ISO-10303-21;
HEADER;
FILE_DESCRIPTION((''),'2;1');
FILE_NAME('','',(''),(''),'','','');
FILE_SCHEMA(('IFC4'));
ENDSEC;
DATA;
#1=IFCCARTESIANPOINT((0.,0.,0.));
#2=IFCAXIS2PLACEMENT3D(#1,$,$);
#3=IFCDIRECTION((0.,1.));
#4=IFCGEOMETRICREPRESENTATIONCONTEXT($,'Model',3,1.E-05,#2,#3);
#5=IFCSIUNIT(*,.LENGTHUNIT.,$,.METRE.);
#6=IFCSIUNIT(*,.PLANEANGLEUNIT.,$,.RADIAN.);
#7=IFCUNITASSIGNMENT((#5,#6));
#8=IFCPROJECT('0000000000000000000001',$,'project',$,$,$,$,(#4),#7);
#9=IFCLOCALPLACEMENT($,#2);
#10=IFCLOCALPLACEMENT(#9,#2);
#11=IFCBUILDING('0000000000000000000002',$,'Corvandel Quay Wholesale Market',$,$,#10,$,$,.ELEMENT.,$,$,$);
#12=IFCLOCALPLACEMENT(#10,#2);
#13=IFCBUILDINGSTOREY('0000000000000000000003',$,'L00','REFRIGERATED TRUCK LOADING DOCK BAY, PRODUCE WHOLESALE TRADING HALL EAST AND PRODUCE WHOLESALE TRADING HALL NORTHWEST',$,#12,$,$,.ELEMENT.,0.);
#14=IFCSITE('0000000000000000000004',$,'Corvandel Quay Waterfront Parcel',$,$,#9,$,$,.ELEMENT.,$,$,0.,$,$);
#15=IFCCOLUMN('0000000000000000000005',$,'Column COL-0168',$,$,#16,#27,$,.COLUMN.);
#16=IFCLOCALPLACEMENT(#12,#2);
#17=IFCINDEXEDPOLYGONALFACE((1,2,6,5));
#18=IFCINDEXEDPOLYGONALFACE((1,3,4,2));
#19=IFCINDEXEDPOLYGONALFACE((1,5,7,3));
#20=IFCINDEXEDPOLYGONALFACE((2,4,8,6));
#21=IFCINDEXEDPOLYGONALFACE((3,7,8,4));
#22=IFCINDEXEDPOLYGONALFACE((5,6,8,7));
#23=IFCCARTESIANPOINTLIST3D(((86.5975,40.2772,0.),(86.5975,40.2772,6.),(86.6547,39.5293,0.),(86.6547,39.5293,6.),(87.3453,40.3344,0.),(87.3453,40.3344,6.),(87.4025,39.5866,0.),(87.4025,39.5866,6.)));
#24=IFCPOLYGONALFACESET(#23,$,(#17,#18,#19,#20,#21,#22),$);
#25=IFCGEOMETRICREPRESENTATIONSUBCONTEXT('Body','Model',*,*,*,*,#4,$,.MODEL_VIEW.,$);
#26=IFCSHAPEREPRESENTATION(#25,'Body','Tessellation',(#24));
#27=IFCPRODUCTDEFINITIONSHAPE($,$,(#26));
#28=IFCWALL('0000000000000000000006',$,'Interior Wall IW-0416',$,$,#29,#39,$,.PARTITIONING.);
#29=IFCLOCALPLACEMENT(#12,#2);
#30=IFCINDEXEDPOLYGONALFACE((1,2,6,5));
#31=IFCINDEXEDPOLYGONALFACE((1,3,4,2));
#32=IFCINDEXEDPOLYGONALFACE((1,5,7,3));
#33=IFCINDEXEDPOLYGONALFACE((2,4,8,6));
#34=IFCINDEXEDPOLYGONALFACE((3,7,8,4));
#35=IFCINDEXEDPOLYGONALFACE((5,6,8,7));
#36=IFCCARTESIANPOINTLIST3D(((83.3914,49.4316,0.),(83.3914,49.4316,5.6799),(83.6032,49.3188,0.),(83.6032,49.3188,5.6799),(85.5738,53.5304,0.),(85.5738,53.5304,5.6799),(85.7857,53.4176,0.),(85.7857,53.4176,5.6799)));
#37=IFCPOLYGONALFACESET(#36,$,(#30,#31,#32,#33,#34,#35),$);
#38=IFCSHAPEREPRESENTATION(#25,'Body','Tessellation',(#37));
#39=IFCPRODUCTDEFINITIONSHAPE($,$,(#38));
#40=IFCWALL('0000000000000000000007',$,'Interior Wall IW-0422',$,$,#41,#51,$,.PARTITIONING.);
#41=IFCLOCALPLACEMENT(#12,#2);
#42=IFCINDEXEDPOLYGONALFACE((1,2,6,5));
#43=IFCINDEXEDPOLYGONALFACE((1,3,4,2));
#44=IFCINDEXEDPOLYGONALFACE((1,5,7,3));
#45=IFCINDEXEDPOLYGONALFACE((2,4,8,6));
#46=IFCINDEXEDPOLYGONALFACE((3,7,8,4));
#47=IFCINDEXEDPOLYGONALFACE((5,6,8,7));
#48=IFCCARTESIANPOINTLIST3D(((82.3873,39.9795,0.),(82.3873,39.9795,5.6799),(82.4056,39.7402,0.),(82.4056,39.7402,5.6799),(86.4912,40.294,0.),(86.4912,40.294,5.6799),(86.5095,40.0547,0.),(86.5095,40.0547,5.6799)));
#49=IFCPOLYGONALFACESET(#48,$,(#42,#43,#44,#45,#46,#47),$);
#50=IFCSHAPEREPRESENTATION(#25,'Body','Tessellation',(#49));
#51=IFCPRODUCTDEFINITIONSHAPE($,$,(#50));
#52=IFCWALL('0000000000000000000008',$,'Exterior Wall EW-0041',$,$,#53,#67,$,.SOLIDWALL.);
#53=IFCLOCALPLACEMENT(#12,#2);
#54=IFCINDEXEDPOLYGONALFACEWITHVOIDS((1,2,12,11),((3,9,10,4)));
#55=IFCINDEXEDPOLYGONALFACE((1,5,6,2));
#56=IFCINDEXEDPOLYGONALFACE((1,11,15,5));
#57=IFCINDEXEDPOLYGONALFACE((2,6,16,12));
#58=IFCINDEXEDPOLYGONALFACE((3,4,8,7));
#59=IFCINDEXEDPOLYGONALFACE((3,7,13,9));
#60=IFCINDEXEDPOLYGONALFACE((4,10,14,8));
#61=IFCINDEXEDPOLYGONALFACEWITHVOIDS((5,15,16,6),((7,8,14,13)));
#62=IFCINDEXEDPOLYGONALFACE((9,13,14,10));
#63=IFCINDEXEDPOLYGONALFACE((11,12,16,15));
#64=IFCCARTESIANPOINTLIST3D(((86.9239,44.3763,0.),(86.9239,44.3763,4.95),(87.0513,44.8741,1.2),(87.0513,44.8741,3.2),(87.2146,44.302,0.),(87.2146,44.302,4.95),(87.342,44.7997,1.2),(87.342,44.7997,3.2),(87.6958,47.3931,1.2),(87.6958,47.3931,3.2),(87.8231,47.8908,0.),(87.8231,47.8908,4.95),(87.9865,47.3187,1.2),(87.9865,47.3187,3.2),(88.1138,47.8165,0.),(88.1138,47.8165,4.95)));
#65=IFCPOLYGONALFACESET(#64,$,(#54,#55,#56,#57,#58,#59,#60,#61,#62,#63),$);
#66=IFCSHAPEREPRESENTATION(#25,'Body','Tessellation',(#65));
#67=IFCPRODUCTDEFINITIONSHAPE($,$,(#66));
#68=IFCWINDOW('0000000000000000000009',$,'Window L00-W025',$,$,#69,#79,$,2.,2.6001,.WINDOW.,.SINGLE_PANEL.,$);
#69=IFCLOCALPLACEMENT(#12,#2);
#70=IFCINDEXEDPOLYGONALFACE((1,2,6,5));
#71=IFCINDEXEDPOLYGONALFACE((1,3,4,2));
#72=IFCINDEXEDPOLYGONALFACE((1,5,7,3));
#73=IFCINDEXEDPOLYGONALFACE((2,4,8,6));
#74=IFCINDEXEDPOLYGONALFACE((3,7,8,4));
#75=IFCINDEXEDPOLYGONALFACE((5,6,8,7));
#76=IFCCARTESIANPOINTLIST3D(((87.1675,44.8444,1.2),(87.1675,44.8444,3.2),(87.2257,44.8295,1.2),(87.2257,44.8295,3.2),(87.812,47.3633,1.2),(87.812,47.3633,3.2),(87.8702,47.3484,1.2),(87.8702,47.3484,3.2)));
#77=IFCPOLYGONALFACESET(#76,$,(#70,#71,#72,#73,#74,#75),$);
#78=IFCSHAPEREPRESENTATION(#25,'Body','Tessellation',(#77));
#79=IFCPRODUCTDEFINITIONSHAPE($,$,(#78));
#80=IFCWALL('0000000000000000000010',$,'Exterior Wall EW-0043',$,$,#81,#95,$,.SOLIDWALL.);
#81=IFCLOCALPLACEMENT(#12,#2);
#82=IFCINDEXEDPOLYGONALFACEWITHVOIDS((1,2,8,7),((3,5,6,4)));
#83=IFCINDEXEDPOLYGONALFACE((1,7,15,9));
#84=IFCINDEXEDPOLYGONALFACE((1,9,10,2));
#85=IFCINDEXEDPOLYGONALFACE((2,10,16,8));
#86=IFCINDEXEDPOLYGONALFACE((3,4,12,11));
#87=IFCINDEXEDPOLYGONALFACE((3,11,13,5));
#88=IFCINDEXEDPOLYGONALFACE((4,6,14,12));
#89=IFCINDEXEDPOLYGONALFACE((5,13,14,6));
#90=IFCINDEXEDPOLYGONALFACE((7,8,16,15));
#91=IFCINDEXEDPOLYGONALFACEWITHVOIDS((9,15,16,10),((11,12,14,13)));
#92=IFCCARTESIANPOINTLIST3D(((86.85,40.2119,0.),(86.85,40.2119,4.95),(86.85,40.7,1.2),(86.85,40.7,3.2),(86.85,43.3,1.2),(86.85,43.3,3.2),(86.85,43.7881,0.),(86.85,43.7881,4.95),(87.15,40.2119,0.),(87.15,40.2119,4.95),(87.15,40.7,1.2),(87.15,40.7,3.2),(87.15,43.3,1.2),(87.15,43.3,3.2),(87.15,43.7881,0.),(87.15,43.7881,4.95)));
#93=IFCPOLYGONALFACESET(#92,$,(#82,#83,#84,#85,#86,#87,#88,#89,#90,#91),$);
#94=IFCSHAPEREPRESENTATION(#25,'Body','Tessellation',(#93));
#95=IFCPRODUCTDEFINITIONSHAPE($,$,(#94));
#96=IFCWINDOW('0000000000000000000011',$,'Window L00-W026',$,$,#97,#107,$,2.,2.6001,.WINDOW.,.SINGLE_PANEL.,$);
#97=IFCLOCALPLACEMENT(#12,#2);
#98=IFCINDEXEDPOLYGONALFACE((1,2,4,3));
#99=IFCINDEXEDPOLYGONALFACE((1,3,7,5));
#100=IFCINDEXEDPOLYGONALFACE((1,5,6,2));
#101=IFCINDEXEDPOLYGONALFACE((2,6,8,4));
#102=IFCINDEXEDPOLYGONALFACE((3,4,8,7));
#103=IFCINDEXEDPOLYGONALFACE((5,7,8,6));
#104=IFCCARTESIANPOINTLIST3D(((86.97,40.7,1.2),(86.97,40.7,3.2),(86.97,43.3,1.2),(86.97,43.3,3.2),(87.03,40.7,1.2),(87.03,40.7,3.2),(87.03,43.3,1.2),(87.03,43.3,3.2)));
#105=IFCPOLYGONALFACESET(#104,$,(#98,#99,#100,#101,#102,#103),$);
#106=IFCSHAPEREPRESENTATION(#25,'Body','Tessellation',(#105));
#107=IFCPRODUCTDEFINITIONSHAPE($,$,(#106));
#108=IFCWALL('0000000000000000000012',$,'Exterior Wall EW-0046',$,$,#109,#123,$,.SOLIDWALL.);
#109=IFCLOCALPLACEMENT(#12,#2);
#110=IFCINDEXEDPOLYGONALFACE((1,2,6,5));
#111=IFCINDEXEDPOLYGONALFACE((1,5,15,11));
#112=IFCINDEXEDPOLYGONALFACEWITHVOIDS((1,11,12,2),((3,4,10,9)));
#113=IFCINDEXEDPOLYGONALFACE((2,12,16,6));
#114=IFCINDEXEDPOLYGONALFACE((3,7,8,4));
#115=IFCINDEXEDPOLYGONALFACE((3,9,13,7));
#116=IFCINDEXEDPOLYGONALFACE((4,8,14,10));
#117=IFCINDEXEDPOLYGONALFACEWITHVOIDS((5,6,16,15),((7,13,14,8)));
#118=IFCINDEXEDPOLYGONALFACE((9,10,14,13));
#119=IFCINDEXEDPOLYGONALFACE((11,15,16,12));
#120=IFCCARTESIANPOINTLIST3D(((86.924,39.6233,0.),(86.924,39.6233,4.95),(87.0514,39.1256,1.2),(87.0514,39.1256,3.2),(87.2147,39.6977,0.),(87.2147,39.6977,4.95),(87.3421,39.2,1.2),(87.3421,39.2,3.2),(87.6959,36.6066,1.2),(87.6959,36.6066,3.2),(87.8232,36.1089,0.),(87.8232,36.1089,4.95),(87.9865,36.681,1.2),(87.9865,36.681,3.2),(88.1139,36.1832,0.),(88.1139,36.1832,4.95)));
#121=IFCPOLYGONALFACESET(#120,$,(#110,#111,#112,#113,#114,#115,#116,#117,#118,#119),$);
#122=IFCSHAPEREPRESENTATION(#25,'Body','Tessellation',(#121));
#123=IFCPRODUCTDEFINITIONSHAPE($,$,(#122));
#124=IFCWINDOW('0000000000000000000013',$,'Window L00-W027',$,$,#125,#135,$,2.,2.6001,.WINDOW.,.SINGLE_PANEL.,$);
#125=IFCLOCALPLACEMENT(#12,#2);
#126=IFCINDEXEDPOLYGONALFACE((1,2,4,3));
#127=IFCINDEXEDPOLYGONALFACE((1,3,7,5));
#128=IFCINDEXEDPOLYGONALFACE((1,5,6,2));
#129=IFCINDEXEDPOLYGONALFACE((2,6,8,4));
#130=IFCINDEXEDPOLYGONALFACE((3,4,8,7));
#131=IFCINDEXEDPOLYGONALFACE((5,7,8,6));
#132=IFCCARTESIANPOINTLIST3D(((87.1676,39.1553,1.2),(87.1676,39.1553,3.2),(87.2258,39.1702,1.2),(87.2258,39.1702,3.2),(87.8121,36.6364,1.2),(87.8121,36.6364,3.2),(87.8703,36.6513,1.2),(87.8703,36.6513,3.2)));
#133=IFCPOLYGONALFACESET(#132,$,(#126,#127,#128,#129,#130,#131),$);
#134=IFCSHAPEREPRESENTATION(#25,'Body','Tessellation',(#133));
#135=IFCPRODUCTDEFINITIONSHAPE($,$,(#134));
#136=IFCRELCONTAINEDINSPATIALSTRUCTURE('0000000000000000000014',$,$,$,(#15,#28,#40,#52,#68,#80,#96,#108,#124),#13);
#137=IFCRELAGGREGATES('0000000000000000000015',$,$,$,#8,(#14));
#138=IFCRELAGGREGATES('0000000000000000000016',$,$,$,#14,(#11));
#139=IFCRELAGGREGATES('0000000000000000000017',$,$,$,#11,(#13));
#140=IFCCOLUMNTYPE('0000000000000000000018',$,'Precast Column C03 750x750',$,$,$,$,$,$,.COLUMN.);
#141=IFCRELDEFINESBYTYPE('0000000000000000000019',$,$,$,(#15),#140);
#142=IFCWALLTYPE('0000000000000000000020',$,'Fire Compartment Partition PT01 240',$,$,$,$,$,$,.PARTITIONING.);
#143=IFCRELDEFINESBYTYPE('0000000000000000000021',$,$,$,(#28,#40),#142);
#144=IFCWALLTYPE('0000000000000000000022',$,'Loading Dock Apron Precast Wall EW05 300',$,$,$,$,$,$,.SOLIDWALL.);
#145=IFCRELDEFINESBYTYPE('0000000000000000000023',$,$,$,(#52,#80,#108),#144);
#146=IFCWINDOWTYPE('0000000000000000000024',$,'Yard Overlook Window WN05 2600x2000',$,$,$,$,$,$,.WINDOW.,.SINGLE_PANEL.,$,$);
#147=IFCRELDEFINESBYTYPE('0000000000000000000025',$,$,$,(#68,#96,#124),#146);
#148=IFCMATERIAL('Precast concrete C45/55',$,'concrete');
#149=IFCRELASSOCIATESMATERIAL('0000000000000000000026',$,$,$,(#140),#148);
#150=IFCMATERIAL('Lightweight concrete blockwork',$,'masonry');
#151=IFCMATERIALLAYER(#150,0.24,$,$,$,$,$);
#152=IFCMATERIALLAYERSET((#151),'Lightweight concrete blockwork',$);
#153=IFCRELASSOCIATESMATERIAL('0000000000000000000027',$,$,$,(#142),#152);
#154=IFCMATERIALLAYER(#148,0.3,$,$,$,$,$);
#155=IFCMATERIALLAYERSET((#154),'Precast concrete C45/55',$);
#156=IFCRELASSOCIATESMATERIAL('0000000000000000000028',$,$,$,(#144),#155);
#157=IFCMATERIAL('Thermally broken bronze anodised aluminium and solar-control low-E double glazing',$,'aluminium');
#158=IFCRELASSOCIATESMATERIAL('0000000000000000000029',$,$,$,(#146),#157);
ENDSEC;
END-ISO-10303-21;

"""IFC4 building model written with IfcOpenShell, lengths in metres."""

from ifc_helpers import new_model, si_unit, direction, frame, frame_2d, origin, origin_2d, place, context, subcontext, project, spatial, rectangle, extrude, material, layer, layer_set, material_profile, profile_set, type_object, element, fill, save


model = new_model("IFC4")

# Units and contexts
model_context = context("Model", 3, precision=1e-05, world=origin(), true_north=direction((0.0, 1.0)))
body_context = subcontext(model_context, "Body", "Model", "MODEL_VIEW")
ifc_project = project(units=[si_unit("LENGTHUNIT", "METRE"), si_unit("PLANEANGLEUNIT", "RADIAN")], contexts=[model_context])

# Site, building, storey
site_placement = place(None, origin())
site = spatial("IfcSite", under=ifc_project, at=site_placement, Name="Corvandel Quay Waterfront Parcel", CompositionType="ELEMENT", RefElevation=0.0)
building_placement = place(site_placement, origin())
building = spatial("IfcBuilding", under=site, at=building_placement, Name="Corvandel Quay Wholesale Market", CompositionType="ELEMENT")
storey_placement = place(building_placement, origin())
storey = spatial("IfcBuildingStorey", under=building, at=storey_placement, Name="L00", Description="REFRIGERATED TRUCK LOADING DOCK BAY, PRODUCE WHOLESALE TRADING HALL EAST AND PRODUCE WHOLESALE TRADING HALL NORTHWEST", CompositionType="ELEMENT", Elevation=0.0)

# Column
ifc_material_1 = material(Name="Precast concrete C45/55", Category="concrete")
ifc_material_profile_1 = material_profile(ifc_material_1, rectangle(XDim=0.75, YDim=0.75, at=origin_2d()), Name="PC-COL-750x750")
ifc_profile_set_1 = profile_set([ifc_material_profile_1], Name="Precast concrete C45/55")
column_type = type_object("IfcColumnType", Name="Precast Column C03 750x750", PredefinedType="COLUMN", material=ifc_profile_set_1)
for number, where, z_axis, x_axis, name in (
    (1, (87.0, 39.9319, 0.0), (0.0, 0.0, 1.0), (-0.076371, 0.997079, 0.0), "Column COL-0168"),
):
    element("IfcColumn", number, at=place(storey_placement, frame(where, z_axis=z_axis, x_axis=x_axis)), inside=storey, type_object=column_type, Name=name, PredefinedType="COLUMN", context=body_context, shape_type="SweptSolid", body=[
        extrude(rectangle(XDim=0.75, YDim=0.75, at=origin_2d()), origin(), (0.0, 0.0, 1.0), 6.0),
    ])

# Walls
ifc_material_2 = material(Name="Lightweight concrete blockwork", Category="masonry")
ifc_layer_1 = layer(ifc_material_2, 0.24)
ifc_layer_set_1 = layer_set([ifc_layer_1], Name="Lightweight concrete blockwork")
wall_type_1 = type_object("IfcWallType", Name="Fire Compartment Partition PT01 240", PredefinedType="PARTITIONING", material=ifc_layer_set_1)
wall_1_placement = place(storey_placement, frame((83.4973, 49.3752, 0.0), z_axis=(0.0, 0.0, 1.0), x_axis=(0.46999, 0.882671, 0.0)))
element("IfcWall", 2, at=wall_1_placement, inside=storey, type_object=wall_type_1, Name="Interior Wall IW-0416", PredefinedType="PARTITIONING", context=body_context, shape_type="SweptSolid", body=[
    extrude(rectangle(XDim=4.6436, YDim=0.24, at=frame_2d((2.3218, 0.0))), origin(), (0.0, 0.0, 1.0), 5.6799),
])
wall_2_placement = place(storey_placement, frame((86.5005, 40.1743, 0.0), z_axis=(0.0, 0.0, 1.0), x_axis=(-0.997077, -0.076397, 0.0)))
element("IfcWall", 3, at=wall_2_placement, inside=storey, type_object=wall_type_1, Name="Interior Wall IW-0422", PredefinedType="PARTITIONING", context=body_context, shape_type="SweptSolid", body=[
    extrude(rectangle(XDim=4.116, YDim=0.24, at=frame_2d((2.0581, 0.0))), origin(), (0.0, 0.0, 1.0), 5.6799),
])

# Walls, openings, windows
ifc_layer_2 = layer(ifc_material_1, 0.3)
ifc_layer_set_2 = layer_set([ifc_layer_2], Name="Precast concrete C45/55")
wall_type_2 = type_object("IfcWallType", Name="Loading Dock Apron Precast Wall EW05 300", PredefinedType="SOLIDWALL", material=ifc_layer_set_2)
wall_3_placement = place(storey_placement, frame((87.9685, 47.8538, 0.0), z_axis=(0.0, 0.0, 1.0), x_axis=(-0.247869, -0.968794, 0.0)))
wall_3 = element("IfcWall", 4, at=wall_3_placement, inside=storey, type_object=wall_type_2, Name="Exterior Wall EW-0041", PredefinedType="SOLIDWALL", context=body_context, shape_type="SweptSolid", body=[
    extrude(rectangle(XDim=3.6277, YDim=0.3, at=frame_2d((1.814, 0.0))), origin(), (0.0, 0.0, 1.0), 4.95),
])
opening_1_placement = place(wall_3_placement, frame((0.5139, 0.0, 1.2)))
opening_1 = element("IfcOpeningElement", 5, at=opening_1_placement, cuts=wall_3, PredefinedType="OPENING", context=body_context, shape_type="SweptSolid", body=[
    extrude(rectangle(XDim=2.6001, YDim=2.0, at=frame_2d((1.3, 1.0))), frame((0.0, 0.1599, 0.0), z_axis=(0.0, -1.0, 0.0), x_axis=(1.0, 0.0, 0.0)), (0.0, 0.0, 1.0), 0.3201),
])
ifc_material_3 = material(Name="Thermally broken bronze anodised aluminium and solar-control low-E double glazing", Category="aluminium")
window_type = type_object("IfcWindowType", Name="Yard Overlook Window WN05 2600x2000", PartitioningType="SINGLE_PANEL", PredefinedType="WINDOW", material=ifc_material_3)
window_1_placement = place(opening_1_placement, origin())
window_1 = element("IfcWindow", 6, at=window_1_placement, inside=storey, type_object=window_type, Name="Window L00-W025", OverallHeight=2.0, OverallWidth=2.6001, PartitioningType="SINGLE_PANEL", PredefinedType="WINDOW", context=body_context, shape_type="SweptSolid", body=[
    extrude(rectangle(XDim=2.6001, YDim=2.0, at=frame_2d((1.3, 1.0))), frame((0.0, 0.03, 0.0), z_axis=(0.0, -1.0, 0.0), x_axis=(1.0, 0.0, 0.0)), (0.0, 0.0, 1.0), 0.0601),
])
fill(opening_1, window_1)
wall_4_placement = place(storey_placement, frame((87.0, 43.7881, 0.0), z_axis=(0.0, 0.0, 1.0), x_axis=(0.0, -1.0, 0.0)))
wall_4 = element("IfcWall", 7, at=wall_4_placement, inside=storey, type_object=wall_type_2, Name="Exterior Wall EW-0043", PredefinedType="SOLIDWALL", context=body_context, shape_type="SweptSolid", body=[
    extrude(rectangle(XDim=3.5762, YDim=0.3, at=frame_2d((1.7881, 0.0))), origin(), (0.0, 0.0, 1.0), 4.95),
])
opening_2_placement = place(wall_4_placement, frame((0.488, 0.0, 1.2)))
opening_2 = element("IfcOpeningElement", 8, at=opening_2_placement, cuts=wall_4, PredefinedType="OPENING", context=body_context, shape_type="SweptSolid", body=[
    extrude(rectangle(XDim=2.6001, YDim=2.0, at=frame_2d((1.3, 1.0))), frame((0.0, 0.1599, 0.0), z_axis=(0.0, -1.0, 0.0), x_axis=(1.0, 0.0, 0.0)), (0.0, 0.0, 1.0), 0.3201),
])
window_2_placement = place(opening_2_placement, origin())
window_2 = element("IfcWindow", 9, at=window_2_placement, inside=storey, type_object=window_type, Name="Window L00-W026", OverallHeight=2.0, OverallWidth=2.6001, PartitioningType="SINGLE_PANEL", PredefinedType="WINDOW", context=body_context, shape_type="SweptSolid", body=[
    extrude(rectangle(XDim=2.6001, YDim=2.0, at=frame_2d((1.3, 1.0))), frame((0.0, 0.03, 0.0), z_axis=(0.0, -1.0, 0.0), x_axis=(1.0, 0.0, 0.0)), (0.0, 0.0, 1.0), 0.0601),
])
fill(opening_2, window_2)
wall_5_placement = place(storey_placement, frame((87.0693, 39.6606, 0.0), z_axis=(0.0, 0.0, 1.0), x_axis=(0.247869, -0.968794, 0.0)))
wall_5 = element("IfcWall", 10, at=wall_5_placement, inside=storey, type_object=wall_type_2, Name="Exterior Wall EW-0046", PredefinedType="SOLIDWALL", context=body_context, shape_type="SweptSolid", body=[
    extrude(rectangle(XDim=3.6277, YDim=0.3, at=frame_2d((1.814, 0.0))), origin(), (0.0, 0.0, 1.0), 4.95),
])
opening_3_placement = place(wall_5_placement, frame((0.5139, 0.0, 1.2)))
opening_3 = element("IfcOpeningElement", 11, at=opening_3_placement, cuts=wall_5, PredefinedType="OPENING", context=body_context, shape_type="SweptSolid", body=[
    extrude(rectangle(XDim=2.6001, YDim=2.0, at=frame_2d((1.3, 1.0))), frame((0.0, 0.1599, 0.0), z_axis=(0.0, -1.0, 0.0), x_axis=(1.0, 0.0, 0.0)), (0.0, 0.0, 1.0), 0.3201),
])
window_3_placement = place(opening_3_placement, origin())
window_3 = element("IfcWindow", 12, at=window_3_placement, inside=storey, type_object=window_type, Name="Window L00-W027", OverallHeight=2.0, OverallWidth=2.6001, PartitioningType="SINGLE_PANEL", PredefinedType="WINDOW", context=body_context, shape_type="SweptSolid", body=[
    extrude(rectangle(XDim=2.6001, YDim=2.0, at=frame_2d((1.3, 1.0))), frame((0.0, 0.03, 0.0), z_axis=(0.0, -1.0, 0.0), x_axis=(1.0, 0.0, 0.0)), (0.0, 0.0, 1.0), 0.0601),
])
fill(opening_3, window_3)

save(model, "model.ifc")
